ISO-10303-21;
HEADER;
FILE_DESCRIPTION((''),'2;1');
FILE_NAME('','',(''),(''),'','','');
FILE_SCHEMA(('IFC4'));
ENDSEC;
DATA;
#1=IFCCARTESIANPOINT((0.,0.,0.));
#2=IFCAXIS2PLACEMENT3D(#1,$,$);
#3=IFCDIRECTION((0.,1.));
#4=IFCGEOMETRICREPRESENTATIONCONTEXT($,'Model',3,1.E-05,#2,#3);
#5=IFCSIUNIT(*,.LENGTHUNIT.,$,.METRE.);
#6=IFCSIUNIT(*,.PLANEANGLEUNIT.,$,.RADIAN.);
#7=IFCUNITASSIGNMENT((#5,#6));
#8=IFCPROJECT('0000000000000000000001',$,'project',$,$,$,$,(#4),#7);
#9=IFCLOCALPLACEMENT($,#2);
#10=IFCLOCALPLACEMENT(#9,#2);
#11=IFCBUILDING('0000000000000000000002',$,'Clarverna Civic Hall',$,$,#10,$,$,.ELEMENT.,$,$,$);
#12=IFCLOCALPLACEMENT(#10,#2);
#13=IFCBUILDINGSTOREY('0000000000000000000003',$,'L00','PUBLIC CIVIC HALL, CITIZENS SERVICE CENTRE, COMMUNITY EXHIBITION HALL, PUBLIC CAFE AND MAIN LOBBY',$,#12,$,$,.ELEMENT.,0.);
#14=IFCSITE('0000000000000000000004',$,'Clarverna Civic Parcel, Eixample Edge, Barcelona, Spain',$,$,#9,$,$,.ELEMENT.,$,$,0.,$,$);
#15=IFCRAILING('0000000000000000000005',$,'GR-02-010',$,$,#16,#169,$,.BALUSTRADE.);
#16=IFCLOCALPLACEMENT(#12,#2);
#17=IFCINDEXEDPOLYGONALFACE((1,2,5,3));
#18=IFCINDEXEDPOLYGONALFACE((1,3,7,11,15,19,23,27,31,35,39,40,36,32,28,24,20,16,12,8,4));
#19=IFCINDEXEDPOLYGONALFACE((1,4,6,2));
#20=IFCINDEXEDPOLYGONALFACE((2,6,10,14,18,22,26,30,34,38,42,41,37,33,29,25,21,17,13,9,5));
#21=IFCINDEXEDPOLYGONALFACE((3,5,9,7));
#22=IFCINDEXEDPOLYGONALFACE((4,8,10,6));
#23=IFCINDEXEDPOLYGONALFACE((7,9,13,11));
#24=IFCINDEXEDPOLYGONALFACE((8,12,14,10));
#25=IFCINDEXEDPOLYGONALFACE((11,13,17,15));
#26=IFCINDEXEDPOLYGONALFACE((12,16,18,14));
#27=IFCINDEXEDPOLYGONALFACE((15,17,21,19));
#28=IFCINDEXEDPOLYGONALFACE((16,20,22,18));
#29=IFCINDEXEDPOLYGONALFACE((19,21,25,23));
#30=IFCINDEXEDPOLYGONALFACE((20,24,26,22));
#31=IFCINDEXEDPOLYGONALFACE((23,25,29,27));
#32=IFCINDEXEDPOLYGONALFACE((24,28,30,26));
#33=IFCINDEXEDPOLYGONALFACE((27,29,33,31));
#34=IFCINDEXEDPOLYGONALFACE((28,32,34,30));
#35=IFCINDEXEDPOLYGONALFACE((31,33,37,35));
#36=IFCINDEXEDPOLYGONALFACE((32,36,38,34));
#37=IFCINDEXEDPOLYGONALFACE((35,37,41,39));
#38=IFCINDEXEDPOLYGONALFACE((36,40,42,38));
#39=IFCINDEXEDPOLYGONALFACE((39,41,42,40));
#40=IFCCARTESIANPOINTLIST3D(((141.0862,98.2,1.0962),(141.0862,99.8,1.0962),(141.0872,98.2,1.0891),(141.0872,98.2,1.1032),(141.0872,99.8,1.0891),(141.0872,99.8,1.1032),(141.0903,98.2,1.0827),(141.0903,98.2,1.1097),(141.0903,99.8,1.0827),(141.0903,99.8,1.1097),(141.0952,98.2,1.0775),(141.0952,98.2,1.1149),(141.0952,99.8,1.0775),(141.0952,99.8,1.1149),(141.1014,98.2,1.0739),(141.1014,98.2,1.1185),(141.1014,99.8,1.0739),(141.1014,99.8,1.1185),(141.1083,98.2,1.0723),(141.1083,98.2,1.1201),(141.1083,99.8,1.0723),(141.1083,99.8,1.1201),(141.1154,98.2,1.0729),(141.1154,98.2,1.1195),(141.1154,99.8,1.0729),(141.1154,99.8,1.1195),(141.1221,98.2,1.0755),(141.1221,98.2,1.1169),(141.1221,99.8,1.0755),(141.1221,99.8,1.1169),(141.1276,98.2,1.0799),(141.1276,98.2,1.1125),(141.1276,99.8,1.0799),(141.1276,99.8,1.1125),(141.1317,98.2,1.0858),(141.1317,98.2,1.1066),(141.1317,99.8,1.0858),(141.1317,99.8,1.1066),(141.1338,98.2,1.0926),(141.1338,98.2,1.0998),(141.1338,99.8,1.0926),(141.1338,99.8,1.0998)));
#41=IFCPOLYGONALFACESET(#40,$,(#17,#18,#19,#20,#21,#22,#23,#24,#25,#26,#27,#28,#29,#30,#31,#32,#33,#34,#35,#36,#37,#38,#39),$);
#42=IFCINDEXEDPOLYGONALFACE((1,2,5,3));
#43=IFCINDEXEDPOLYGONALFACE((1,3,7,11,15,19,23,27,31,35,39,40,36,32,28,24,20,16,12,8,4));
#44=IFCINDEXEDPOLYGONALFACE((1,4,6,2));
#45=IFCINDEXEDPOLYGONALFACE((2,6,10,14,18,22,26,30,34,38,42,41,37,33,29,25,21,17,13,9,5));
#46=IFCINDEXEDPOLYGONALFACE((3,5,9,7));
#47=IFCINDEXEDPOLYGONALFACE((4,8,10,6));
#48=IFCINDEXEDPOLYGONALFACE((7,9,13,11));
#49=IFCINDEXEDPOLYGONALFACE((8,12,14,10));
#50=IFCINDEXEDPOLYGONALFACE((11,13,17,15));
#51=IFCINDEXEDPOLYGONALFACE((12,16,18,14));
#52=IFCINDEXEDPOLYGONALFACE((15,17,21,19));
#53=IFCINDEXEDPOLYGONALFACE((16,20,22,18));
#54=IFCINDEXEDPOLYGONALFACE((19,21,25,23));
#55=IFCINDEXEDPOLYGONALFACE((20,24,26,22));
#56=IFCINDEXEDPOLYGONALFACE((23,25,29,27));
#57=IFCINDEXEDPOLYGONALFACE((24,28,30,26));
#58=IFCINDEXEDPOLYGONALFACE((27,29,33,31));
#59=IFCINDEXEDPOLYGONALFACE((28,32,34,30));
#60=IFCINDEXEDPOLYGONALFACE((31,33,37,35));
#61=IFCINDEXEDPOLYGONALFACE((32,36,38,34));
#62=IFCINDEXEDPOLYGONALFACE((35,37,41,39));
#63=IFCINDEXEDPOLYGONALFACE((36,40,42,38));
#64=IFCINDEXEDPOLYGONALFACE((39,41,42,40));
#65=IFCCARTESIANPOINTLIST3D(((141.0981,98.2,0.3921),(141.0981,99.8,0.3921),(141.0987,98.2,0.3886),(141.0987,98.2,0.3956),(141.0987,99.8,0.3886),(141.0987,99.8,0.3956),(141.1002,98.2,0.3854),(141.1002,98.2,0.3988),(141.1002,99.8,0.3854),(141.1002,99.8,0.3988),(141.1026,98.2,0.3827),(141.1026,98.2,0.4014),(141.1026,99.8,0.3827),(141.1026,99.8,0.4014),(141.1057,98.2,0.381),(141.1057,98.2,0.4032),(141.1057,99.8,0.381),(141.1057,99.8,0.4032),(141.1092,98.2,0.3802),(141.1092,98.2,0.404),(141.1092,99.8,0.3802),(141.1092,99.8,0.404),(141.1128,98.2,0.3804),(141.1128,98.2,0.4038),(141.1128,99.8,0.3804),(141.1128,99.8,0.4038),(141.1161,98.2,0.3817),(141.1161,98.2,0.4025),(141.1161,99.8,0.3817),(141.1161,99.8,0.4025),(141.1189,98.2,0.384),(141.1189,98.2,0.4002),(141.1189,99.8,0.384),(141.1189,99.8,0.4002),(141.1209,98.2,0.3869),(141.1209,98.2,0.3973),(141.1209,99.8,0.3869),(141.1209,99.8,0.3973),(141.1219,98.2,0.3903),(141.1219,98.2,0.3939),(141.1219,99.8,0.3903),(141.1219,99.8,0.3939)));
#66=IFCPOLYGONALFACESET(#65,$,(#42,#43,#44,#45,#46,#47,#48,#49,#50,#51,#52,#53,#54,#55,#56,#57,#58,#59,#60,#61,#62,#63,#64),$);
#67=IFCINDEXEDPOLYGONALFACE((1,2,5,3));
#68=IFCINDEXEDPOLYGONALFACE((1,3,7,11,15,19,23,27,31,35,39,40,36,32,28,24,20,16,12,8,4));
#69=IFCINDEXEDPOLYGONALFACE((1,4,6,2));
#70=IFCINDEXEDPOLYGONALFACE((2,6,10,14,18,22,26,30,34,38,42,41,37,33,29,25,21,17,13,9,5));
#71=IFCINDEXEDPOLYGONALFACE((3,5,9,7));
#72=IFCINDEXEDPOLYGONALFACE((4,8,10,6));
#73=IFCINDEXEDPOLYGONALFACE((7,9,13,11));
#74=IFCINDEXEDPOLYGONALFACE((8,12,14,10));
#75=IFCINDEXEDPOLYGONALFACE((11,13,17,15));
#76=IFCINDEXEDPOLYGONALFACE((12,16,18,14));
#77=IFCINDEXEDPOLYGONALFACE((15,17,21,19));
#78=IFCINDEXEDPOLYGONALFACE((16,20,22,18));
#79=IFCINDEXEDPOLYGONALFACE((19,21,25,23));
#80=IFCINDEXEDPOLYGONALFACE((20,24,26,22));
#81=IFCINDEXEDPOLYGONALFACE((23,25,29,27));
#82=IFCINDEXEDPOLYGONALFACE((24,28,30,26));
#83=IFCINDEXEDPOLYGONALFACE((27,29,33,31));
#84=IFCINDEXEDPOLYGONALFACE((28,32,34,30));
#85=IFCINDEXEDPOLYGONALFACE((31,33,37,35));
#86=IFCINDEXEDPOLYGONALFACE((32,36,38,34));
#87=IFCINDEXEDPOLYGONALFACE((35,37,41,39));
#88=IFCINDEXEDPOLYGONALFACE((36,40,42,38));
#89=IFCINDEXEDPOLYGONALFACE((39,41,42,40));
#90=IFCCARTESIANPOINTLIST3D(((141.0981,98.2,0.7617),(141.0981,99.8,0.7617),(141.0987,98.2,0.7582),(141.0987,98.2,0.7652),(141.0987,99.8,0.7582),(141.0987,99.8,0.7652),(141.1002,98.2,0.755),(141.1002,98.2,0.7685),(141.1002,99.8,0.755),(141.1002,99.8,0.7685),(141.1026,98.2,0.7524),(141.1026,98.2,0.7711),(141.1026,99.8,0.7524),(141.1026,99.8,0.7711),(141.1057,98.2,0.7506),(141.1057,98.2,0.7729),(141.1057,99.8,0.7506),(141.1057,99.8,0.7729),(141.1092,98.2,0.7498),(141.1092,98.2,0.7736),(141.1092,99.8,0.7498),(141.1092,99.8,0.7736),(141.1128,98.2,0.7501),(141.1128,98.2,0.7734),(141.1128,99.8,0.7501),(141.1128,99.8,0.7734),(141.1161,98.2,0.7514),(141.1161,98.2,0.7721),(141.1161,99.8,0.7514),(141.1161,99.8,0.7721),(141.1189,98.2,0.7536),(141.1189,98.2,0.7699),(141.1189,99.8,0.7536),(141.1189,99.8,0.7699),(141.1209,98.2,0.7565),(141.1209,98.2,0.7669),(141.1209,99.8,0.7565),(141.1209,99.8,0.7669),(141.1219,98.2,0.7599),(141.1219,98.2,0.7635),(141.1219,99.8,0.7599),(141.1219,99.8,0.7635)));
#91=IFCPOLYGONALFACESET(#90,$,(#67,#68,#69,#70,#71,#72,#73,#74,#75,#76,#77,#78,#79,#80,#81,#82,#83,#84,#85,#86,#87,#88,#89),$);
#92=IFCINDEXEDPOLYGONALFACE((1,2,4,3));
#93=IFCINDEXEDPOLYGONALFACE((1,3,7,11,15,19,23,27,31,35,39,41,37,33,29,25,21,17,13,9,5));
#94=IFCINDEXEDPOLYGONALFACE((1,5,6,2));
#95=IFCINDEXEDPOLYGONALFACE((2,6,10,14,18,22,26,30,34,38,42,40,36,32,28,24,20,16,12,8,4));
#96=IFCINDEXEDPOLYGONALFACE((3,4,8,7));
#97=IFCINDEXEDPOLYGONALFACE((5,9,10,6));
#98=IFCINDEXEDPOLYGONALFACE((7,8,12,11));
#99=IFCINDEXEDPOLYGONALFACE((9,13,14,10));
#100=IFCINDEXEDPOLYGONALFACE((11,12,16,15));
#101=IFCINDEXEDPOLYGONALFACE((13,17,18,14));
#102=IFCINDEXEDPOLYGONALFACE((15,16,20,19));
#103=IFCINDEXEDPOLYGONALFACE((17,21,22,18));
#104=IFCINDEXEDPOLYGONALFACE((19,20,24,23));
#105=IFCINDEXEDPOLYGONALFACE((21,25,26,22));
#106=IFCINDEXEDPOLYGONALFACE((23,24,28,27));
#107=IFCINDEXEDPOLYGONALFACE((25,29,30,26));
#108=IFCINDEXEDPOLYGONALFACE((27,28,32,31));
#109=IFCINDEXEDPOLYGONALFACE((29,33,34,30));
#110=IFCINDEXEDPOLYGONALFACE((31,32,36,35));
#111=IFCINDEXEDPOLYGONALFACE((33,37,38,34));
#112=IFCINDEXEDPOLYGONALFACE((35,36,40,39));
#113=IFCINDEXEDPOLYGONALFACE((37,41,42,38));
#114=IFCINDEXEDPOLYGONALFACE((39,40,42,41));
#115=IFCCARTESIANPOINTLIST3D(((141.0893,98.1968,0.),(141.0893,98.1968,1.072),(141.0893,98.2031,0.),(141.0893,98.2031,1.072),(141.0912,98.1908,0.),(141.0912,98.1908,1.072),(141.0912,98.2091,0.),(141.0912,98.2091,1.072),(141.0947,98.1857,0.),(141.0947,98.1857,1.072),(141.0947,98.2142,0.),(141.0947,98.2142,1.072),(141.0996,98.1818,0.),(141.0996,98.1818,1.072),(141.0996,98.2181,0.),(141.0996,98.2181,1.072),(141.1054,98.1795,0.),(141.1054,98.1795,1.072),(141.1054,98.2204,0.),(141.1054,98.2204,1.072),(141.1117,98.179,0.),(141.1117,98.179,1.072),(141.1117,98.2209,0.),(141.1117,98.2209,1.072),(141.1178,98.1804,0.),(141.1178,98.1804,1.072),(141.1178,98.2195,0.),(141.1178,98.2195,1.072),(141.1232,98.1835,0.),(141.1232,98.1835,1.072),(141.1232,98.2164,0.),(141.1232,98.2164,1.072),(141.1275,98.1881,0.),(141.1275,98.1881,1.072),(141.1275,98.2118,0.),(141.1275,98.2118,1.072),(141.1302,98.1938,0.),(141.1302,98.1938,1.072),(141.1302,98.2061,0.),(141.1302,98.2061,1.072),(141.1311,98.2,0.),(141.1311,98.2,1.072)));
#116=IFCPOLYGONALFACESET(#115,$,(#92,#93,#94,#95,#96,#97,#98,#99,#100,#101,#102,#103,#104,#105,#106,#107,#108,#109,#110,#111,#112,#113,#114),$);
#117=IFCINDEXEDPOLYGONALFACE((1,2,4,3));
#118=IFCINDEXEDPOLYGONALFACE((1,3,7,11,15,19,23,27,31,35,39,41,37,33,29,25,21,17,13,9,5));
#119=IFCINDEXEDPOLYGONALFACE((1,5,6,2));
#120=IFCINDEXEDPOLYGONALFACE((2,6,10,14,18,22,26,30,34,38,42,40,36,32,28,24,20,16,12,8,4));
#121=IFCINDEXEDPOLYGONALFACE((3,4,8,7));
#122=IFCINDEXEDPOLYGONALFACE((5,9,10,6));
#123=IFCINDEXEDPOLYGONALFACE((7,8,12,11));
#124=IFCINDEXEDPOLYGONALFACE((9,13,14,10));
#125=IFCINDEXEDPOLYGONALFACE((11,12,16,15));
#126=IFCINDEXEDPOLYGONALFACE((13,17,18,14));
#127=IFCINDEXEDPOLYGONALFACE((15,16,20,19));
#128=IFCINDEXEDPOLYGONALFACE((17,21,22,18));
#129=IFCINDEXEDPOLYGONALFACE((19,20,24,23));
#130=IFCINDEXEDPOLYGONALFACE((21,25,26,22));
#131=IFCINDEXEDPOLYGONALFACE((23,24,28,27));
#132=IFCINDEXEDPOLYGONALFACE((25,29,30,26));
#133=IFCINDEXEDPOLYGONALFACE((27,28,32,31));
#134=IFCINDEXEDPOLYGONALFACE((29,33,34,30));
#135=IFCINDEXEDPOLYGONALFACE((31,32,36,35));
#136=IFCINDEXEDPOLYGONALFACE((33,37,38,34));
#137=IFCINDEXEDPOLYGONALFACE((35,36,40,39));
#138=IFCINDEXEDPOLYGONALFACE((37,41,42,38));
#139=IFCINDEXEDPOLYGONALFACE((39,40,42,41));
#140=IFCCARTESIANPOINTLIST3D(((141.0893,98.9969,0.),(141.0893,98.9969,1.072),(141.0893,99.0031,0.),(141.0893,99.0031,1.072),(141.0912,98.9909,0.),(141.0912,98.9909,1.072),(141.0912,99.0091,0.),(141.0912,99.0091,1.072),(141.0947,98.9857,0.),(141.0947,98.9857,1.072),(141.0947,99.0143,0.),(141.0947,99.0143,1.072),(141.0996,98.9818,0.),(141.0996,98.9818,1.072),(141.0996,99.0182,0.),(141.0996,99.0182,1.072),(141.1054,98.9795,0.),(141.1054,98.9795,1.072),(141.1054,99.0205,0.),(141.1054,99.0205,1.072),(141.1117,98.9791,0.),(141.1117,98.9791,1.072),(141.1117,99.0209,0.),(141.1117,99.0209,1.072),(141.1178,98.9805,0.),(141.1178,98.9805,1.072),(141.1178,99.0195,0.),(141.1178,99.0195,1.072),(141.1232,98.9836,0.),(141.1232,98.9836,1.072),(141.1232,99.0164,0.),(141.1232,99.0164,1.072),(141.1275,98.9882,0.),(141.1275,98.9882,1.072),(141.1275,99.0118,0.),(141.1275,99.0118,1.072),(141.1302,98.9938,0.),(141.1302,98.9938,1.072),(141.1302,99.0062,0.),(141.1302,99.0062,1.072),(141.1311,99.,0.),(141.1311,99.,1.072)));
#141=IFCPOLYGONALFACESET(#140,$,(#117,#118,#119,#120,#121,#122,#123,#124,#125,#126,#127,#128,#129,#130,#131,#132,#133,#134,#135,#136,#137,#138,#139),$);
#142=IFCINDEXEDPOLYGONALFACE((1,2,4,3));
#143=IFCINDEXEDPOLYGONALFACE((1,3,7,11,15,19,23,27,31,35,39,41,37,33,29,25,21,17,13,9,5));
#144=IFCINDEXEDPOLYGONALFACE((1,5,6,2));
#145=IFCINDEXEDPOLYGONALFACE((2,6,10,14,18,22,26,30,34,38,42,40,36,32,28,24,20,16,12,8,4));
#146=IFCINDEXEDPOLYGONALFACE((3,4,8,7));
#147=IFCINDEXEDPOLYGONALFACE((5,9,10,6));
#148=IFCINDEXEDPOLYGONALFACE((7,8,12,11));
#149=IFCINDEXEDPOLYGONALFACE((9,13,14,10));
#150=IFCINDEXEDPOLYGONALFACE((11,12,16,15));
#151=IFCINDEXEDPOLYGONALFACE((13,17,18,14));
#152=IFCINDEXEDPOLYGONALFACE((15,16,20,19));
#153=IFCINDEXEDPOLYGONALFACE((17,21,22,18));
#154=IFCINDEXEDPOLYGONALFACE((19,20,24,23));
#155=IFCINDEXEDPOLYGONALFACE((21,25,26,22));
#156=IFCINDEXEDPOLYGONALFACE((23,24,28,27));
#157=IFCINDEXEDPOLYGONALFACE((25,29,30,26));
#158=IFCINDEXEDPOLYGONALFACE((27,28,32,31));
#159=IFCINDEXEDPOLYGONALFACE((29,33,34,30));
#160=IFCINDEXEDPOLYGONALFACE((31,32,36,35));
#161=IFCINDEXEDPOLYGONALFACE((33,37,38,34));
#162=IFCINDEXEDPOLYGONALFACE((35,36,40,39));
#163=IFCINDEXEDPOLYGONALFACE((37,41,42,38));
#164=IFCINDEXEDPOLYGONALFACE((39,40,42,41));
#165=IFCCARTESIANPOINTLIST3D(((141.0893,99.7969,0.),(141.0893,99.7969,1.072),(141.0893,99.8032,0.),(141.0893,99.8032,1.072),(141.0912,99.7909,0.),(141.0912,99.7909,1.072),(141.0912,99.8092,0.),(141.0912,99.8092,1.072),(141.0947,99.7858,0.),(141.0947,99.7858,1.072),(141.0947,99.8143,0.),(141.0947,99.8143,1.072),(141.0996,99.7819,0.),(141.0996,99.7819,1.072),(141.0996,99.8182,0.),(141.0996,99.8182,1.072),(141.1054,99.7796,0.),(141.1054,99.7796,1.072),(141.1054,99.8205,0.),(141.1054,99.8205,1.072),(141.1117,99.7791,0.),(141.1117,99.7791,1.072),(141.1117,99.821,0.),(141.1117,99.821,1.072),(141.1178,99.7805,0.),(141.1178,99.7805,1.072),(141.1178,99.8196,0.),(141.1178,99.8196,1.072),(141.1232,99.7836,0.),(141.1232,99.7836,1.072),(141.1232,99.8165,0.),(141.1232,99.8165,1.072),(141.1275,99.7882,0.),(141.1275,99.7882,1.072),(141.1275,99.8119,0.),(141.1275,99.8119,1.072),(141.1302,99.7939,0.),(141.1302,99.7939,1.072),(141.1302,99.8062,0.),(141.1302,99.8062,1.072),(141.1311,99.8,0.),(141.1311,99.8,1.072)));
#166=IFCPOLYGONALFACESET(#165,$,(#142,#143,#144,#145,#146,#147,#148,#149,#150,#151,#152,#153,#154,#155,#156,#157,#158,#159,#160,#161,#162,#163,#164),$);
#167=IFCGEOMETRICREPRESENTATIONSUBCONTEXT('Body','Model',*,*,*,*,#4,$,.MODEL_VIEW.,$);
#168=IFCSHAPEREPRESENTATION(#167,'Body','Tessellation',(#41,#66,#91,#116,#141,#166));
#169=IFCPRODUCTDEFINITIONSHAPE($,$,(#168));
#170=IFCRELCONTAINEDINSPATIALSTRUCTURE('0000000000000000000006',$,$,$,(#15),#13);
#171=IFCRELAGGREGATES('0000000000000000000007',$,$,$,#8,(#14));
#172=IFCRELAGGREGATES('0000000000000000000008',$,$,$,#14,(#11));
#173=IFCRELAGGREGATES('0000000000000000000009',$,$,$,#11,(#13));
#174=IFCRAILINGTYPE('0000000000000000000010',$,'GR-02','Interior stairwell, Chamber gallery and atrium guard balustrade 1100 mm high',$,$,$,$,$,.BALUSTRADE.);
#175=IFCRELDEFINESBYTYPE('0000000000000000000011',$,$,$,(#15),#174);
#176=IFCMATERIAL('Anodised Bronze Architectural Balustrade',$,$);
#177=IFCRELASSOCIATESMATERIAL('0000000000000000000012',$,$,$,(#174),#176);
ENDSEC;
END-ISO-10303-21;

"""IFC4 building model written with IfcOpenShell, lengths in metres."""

from ifc_helpers import new_model, si_unit, direction, frame, origin, origin_2d, place, context, subcontext, project, spatial, circle, extrude, material, type_object, element, save


model = new_model("IFC4")

# Units and contexts
model_context = context("Model", 3, precision=1e-05, world=origin(), true_north=direction((0.0, 1.0)))
body_context = subcontext(model_context, "Body", "Model", "MODEL_VIEW")
ifc_project = project(units=[si_unit("LENGTHUNIT", "METRE"), si_unit("PLANEANGLEUNIT", "RADIAN")], contexts=[model_context])

# Site, building, storey
site_placement = place(None, origin())
site = spatial("IfcSite", under=ifc_project, at=site_placement, Name="Clarverna Civic Parcel, Eixample Edge, Barcelona, Spain", CompositionType="ELEMENT", RefElevation=0.0)
building_placement = place(site_placement, origin())
building = spatial("IfcBuilding", under=site, at=building_placement, Name="Clarverna Civic Hall", CompositionType="ELEMENT")
storey_placement = place(building_placement, origin())
storey = spatial("IfcBuildingStorey", under=building, at=storey_placement, Name="L00", Description="PUBLIC CIVIC HALL, CITIZENS SERVICE CENTRE, COMMUNITY EXHIBITION HALL, PUBLIC CAFE AND MAIN LOBBY", CompositionType="ELEMENT", Elevation=0.0)

# Railing
ifc_material_1 = material(Name="Anodised Bronze Architectural Balustrade")
railing_type_1 = type_object("IfcRailingType", Name="GR-02", Description="Interior stairwell, Chamber gallery and atrium guard balustrade 1100 mm high", PredefinedType="BALUSTRADE", material=ifc_material_1)
railing_1_placement = place(storey_placement, frame((141.1101, 98.2, 0.0)))
element("IfcRailing", 1, at=railing_1_placement, inside=storey, type_object=railing_type_1, Name="GR-02-010", PredefinedType="BALUSTRADE", context=body_context, shape_type="SweptSolid", body=[
    extrude(circle(Radius=0.0239, at=origin_2d()), frame((0.0, 0.0, 1.0962), z_axis=(0.0, 1.0, 0.0), x_axis=(-1.0, 0.0, 0.0)), (0.0, 0.0, 1.0), 1.6001),
    extrude(circle(Radius=0.012, at=origin_2d()), frame((0.0, 0.0, 0.3921), z_axis=(0.0, 1.0, 0.0), x_axis=(-1.0, 0.0, 0.0)), (0.0, 0.0, 1.0), 1.6001),
    extrude(circle(Radius=0.012, at=origin_2d()), frame((0.0, 0.0, 0.7617), z_axis=(0.0, 1.0, 0.0), x_axis=(-1.0, 0.0, 0.0)), (0.0, 0.0, 1.0), 1.6001),
    extrude(circle(Radius=0.021, at=origin_2d()), origin(), (0.0, 0.0, 1.0), 1.072),
    extrude(circle(Radius=0.021, at=origin_2d()), frame((0.0, 0.8, 0.0)), (0.0, 0.0, 1.0), 1.072),
    extrude(circle(Radius=0.021, at=origin_2d()), frame((0.0, 1.6001, 0.0)), (0.0, 0.0, 1.0), 1.072),
])

save(model, "model.ifc")
